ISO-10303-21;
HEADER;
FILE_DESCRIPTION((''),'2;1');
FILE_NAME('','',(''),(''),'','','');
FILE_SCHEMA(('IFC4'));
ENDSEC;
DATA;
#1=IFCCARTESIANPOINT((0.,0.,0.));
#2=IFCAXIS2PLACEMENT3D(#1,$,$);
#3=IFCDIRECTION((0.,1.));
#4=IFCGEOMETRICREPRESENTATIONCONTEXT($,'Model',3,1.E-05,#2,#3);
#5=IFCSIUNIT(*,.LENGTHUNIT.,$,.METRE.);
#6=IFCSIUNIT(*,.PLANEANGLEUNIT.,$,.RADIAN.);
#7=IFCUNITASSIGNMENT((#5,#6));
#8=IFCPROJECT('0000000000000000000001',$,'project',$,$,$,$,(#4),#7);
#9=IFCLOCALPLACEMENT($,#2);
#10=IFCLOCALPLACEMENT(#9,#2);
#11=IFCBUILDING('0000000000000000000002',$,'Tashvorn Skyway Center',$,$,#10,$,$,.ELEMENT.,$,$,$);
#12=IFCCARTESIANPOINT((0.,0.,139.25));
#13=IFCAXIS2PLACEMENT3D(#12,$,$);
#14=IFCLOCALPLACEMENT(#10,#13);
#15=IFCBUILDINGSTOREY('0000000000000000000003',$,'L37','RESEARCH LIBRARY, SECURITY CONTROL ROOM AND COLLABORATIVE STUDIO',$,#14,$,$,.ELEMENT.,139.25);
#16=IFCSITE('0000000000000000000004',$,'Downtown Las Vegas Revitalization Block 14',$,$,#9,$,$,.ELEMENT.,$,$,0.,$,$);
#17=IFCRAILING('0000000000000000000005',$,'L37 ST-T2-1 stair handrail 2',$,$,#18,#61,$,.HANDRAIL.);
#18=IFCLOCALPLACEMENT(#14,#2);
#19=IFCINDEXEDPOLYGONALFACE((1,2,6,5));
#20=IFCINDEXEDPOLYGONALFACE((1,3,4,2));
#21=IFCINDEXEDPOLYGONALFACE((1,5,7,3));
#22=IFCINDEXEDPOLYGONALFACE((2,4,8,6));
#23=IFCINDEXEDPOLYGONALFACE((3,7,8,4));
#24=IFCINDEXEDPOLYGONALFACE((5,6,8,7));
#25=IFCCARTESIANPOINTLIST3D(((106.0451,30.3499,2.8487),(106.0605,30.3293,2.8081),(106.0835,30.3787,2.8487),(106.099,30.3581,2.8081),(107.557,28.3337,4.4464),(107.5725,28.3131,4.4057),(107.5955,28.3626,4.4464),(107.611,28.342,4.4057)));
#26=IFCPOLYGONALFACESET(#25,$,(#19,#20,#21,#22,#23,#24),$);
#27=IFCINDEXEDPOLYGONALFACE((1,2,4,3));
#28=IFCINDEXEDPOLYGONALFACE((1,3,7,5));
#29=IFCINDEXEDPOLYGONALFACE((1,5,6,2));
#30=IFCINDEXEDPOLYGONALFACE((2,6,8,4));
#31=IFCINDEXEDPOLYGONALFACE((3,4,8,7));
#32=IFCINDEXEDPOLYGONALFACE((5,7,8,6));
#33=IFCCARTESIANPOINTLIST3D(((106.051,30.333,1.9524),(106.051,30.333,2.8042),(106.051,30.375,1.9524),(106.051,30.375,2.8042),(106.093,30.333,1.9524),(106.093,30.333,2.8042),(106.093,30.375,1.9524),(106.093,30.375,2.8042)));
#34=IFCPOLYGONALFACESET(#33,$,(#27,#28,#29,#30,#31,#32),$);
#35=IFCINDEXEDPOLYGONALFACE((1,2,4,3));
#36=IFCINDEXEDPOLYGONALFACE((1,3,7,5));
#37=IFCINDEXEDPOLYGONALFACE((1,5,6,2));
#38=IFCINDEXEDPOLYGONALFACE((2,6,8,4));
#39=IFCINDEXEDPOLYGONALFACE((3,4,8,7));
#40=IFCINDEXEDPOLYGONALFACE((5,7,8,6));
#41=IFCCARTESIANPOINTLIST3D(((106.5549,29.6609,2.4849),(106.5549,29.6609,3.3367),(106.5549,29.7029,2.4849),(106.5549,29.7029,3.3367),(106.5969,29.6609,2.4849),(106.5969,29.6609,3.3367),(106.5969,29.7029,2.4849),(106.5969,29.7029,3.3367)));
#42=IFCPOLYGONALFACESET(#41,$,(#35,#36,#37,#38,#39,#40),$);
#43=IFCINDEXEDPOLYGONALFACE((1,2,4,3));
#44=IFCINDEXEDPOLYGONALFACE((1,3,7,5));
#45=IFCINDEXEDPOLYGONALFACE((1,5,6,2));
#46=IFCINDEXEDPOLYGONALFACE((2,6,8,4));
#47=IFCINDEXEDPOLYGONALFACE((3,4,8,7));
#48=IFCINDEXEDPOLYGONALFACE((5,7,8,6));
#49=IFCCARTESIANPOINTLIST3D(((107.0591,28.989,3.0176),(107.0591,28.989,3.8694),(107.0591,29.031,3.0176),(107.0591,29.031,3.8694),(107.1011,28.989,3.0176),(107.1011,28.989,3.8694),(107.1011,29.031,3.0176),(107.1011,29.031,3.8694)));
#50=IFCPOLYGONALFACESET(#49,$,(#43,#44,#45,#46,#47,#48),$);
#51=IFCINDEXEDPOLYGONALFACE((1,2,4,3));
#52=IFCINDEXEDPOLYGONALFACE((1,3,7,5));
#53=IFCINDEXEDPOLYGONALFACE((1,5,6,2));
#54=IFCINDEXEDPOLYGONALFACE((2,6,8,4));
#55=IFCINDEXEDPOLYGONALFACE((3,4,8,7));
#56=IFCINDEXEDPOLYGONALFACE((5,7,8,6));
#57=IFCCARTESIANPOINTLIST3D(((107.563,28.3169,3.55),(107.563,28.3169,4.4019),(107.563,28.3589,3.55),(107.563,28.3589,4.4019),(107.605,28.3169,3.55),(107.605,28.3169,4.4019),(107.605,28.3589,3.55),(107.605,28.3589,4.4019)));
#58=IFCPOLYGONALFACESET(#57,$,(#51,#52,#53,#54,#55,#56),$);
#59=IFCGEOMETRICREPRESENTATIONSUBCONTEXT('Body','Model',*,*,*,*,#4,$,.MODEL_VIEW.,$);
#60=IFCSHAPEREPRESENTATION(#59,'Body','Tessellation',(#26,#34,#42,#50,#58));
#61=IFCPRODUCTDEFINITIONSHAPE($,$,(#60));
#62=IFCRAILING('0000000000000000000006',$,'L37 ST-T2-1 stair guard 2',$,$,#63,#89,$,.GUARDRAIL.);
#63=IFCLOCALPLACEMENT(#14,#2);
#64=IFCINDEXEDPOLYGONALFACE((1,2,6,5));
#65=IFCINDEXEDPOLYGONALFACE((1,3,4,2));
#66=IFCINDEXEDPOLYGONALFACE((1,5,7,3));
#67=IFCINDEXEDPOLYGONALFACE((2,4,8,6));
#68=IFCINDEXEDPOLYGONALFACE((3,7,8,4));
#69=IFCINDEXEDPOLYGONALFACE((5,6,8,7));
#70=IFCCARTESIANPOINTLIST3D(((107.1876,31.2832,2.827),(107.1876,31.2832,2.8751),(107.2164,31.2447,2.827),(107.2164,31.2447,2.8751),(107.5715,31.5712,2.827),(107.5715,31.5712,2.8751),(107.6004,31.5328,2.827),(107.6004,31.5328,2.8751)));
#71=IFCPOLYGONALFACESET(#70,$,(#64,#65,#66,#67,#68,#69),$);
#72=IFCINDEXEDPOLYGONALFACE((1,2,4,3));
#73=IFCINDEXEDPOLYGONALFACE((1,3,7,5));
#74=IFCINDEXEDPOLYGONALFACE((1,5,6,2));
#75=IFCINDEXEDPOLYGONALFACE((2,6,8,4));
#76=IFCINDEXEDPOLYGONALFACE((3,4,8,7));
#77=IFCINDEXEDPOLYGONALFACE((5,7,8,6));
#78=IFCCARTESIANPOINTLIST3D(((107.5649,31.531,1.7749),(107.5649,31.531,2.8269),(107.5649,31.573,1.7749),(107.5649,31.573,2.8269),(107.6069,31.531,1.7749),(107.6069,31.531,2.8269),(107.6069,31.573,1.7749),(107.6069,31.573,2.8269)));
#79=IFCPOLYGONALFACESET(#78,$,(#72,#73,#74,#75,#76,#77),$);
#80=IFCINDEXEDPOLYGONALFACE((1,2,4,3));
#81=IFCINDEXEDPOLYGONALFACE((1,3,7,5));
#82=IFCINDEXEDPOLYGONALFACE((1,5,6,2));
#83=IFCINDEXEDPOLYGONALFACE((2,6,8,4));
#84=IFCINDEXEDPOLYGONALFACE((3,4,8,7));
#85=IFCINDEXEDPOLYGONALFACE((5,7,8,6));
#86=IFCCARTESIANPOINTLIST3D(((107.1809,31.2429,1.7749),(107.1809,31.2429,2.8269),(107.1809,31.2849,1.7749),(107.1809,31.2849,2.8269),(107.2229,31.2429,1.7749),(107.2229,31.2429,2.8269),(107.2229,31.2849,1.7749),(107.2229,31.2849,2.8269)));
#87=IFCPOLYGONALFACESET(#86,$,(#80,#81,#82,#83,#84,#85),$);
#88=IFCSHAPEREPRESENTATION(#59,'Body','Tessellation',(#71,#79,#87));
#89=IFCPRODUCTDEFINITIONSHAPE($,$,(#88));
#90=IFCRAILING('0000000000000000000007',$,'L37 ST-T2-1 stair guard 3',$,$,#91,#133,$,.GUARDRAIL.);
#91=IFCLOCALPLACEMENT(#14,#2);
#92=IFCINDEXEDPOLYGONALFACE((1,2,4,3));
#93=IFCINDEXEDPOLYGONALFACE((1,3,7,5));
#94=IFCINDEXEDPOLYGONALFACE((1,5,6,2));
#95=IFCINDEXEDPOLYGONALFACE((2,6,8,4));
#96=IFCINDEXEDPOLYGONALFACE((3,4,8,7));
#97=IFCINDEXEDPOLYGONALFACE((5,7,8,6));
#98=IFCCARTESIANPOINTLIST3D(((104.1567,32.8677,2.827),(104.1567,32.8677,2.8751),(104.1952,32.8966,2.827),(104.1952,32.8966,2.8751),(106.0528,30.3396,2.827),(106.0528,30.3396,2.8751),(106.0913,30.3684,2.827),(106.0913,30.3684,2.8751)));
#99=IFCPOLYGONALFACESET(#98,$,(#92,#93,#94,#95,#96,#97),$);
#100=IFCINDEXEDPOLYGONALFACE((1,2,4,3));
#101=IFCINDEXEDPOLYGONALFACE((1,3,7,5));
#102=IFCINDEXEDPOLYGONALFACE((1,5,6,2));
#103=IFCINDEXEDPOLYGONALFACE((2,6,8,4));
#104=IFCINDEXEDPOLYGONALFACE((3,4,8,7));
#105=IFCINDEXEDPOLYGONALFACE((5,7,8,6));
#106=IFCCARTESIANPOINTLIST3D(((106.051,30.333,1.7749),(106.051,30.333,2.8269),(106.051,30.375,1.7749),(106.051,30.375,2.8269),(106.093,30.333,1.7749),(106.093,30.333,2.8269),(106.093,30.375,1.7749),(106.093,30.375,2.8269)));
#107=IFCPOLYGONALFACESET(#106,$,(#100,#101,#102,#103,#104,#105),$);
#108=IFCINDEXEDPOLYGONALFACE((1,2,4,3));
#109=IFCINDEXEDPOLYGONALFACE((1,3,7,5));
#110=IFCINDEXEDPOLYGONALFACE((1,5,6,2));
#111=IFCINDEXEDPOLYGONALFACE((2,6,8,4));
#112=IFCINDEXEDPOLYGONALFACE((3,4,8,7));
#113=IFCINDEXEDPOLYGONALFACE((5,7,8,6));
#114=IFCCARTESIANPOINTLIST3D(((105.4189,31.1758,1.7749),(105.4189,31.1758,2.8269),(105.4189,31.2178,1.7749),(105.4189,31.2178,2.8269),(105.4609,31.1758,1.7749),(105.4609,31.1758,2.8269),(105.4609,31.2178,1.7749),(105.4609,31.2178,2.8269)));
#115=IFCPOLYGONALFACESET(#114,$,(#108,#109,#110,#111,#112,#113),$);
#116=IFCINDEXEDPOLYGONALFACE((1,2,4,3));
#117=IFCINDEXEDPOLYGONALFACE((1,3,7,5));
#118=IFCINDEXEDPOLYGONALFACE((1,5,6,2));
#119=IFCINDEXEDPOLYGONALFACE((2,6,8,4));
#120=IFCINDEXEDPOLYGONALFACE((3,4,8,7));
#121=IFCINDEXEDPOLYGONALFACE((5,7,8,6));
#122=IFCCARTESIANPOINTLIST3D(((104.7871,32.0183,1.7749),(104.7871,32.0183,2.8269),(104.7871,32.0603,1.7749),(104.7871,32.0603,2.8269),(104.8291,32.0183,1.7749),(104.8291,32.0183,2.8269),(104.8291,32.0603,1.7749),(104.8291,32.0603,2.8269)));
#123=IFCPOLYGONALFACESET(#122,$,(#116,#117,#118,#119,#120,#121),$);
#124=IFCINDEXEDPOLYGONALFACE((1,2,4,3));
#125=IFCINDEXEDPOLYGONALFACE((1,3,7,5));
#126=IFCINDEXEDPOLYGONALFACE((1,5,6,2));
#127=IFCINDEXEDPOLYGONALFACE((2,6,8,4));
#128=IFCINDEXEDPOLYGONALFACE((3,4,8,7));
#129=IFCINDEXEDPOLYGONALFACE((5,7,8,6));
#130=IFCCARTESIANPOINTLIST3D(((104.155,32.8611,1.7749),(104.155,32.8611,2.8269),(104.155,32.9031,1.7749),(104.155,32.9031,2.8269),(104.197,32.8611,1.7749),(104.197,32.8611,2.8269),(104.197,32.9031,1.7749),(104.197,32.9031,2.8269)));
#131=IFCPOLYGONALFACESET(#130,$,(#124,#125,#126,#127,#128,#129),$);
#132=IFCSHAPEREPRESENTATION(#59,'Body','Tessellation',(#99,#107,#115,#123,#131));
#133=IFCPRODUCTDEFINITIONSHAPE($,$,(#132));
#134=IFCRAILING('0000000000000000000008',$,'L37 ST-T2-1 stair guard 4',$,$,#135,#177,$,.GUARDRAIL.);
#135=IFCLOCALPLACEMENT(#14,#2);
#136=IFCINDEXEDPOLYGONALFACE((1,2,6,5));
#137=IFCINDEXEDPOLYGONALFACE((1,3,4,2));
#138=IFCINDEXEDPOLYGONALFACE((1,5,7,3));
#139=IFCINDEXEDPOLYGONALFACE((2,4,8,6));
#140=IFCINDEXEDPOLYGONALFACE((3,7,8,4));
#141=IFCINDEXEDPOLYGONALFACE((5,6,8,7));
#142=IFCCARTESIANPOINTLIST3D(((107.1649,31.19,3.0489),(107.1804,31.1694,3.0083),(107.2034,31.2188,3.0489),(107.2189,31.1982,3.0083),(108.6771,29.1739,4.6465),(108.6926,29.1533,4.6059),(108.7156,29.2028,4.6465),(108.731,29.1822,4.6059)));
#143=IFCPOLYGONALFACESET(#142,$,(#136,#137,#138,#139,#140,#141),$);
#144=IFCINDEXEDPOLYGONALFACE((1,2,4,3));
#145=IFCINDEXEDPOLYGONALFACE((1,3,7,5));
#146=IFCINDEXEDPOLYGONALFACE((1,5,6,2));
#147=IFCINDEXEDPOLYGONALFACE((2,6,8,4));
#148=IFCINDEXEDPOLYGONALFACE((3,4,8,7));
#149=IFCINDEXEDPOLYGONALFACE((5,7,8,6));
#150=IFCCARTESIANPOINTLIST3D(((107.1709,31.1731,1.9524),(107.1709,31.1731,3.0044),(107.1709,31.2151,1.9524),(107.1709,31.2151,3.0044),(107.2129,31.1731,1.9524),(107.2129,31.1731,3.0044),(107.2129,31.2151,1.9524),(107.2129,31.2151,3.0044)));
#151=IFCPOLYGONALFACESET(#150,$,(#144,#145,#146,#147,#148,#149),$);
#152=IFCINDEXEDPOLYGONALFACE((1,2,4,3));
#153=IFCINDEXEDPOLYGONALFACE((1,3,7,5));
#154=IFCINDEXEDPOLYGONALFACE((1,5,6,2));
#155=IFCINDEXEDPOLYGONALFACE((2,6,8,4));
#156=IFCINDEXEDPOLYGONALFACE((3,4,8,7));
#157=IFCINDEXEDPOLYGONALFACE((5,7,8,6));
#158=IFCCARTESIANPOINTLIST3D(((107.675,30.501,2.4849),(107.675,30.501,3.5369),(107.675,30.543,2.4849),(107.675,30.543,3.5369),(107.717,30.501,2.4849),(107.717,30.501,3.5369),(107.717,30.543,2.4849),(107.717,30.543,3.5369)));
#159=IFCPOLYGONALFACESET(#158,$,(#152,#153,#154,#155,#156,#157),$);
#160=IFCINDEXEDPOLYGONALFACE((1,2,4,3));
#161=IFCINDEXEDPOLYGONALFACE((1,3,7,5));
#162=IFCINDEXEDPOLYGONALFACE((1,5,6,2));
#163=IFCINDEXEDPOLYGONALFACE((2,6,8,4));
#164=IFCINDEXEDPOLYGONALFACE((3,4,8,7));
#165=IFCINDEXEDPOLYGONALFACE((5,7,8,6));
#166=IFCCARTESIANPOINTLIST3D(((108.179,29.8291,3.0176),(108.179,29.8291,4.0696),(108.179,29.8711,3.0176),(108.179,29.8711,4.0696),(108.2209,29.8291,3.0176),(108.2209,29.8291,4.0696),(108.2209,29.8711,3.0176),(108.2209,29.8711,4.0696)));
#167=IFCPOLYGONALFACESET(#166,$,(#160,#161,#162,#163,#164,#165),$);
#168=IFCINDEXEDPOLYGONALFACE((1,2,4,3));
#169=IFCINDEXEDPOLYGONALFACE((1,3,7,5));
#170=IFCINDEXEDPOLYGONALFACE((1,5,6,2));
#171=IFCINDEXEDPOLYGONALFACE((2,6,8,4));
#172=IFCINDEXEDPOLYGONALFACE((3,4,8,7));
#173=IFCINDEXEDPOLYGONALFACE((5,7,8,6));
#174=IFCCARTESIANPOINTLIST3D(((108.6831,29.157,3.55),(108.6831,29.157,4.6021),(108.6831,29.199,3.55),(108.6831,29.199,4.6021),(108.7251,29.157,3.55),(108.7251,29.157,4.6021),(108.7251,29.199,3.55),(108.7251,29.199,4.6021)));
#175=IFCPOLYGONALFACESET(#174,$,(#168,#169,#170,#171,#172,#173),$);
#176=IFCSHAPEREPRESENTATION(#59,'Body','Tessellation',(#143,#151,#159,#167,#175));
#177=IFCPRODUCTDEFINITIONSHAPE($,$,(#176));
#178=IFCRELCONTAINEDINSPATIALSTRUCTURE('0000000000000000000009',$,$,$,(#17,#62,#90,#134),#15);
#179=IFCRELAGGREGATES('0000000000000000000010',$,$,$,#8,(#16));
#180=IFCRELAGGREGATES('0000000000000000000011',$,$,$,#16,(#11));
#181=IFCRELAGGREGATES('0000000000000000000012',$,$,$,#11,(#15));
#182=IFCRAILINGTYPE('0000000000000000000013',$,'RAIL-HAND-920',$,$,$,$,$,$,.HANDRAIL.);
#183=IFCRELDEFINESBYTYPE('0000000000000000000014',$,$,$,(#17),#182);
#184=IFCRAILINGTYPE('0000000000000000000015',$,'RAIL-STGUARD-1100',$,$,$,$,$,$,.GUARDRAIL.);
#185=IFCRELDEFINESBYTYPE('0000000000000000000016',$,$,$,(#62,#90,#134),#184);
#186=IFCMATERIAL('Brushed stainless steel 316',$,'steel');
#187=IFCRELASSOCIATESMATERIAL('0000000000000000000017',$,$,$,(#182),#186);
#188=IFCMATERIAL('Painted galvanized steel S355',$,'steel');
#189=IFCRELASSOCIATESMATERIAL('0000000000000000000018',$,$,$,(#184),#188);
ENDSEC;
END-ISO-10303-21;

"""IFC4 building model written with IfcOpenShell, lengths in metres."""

from ifc_helpers import new_model, si_unit, direction, frame, origin, origin_2d, place, context, subcontext, project, spatial, rectangle, extrude, material, type_object, element, save


model = new_model("IFC4")

# Units and contexts
model_context = context("Model", 3, precision=1e-05, world=origin(), true_north=direction((0.0, 1.0)))
body_context = subcontext(model_context, "Body", "Model", "MODEL_VIEW")
ifc_project = project(units=[si_unit("LENGTHUNIT", "METRE"), si_unit("PLANEANGLEUNIT", "RADIAN")], contexts=[model_context])

# Site, building, storey
site_placement = place(None, origin())
site = spatial("IfcSite", under=ifc_project, at=site_placement, Name="Downtown Las Vegas Revitalization Block 14", CompositionType="ELEMENT", RefElevation=0.0)
building_placement = place(site_placement, origin())
building = spatial("IfcBuilding", under=site, at=building_placement, Name="Tashvorn Skyway Center", CompositionType="ELEMENT")
storey_placement = place(building_placement, frame((0.0, 0.0, 139.25)))
storey = spatial("IfcBuildingStorey", under=building, at=storey_placement, Name="L37", Description="RESEARCH LIBRARY, SECURITY CONTROL ROOM AND COLLABORATIVE STUDIO", CompositionType="ELEMENT", Elevation=139.25)

# Railings
ifc_material_1 = material(Name="Brushed stainless steel 316", Category="steel")
railing_type_1 = type_object("IfcRailingType", Name="RAIL-HAND-920", PredefinedType="HANDRAIL", material=ifc_material_1)
railing_1_placement = place(storey_placement, frame((106.072, 30.354, 1.9524)))
element("IfcRailing", 1, at=railing_1_placement, inside=storey, type_object=railing_type_1, Name="L37 ST-T2-1 stair handrail 2", PredefinedType="HANDRAIL", context=body_context, shape_type="SweptSolid", body=[
    extrude(rectangle(XDim=0.0481, YDim=0.0481, at=origin_2d()), frame((0.0, 0.0, 0.876), z_axis=(0.506719, -0.675679, 0.535438), x_axis=(0.800023, 0.599969, 0.0)), (0.0, 0.0, 1.0), 2.9839),
    extrude(rectangle(XDim=0.042, YDim=0.042, at=origin_2d()), origin(), (0.0, 0.0, 1.0), 0.8518),
    extrude(rectangle(XDim=0.042, YDim=0.042, at=origin_2d()), frame((0.5039, -0.6721, 0.5325)), (0.0, 0.0, 1.0), 0.8518),
    extrude(rectangle(XDim=0.042, YDim=0.042, at=origin_2d()), frame((1.0081, -1.344, 1.0652)), (0.0, 0.0, 1.0), 0.8518),
    extrude(rectangle(XDim=0.042, YDim=0.042, at=origin_2d()), frame((1.512, -2.0161, 1.5977)), (0.0, 0.0, 1.0), 0.8518),
])
ifc_material_2 = material(Name="Painted galvanized steel S355", Category="steel")
railing_type_2 = type_object("IfcRailingType", Name="RAIL-STGUARD-1100", PredefinedType="GUARDRAIL", material=ifc_material_2)
railing_2_placement = place(storey_placement, frame((107.5859, 31.552, 1.7749)))
element("IfcRailing", 2, at=railing_2_placement, inside=storey, type_object=railing_type_2, Name="L37 ST-T2-1 stair guard 2", PredefinedType="GUARDRAIL", context=body_context, shape_type="SweptSolid", body=[
    extrude(rectangle(XDim=0.0481, YDim=0.0481, at=origin_2d()), frame((0.0, 0.0, 1.0762), z_axis=(-0.799939, -0.600081, 0.0), x_axis=(0.600081, -0.799939, 0.0)), (0.0, 0.0, 1.0), 0.48),
    extrude(rectangle(XDim=0.042, YDim=0.042, at=origin_2d()), origin(), (0.0, 0.0, 1.0), 1.052),
    extrude(rectangle(XDim=0.042, YDim=0.042, at=origin_2d()), frame((-0.384, -0.2881, 0.0)), (0.0, 0.0, 1.0), 1.052),
])
railing_3_placement = place(storey_placement, frame((106.072, 30.354, 1.7749)))
element("IfcRailing", 3, at=railing_3_placement, inside=storey, type_object=railing_type_2, Name="L37 ST-T2-1 stair guard 3", PredefinedType="GUARDRAIL", context=body_context, shape_type="SweptSolid", body=[
    extrude(rectangle(XDim=0.0481, YDim=0.0481, at=origin_2d()), frame((0.0, 0.0, 1.0762), z_axis=(-0.599988, 0.800009, 0.0), x_axis=(-0.800009, -0.599988, 0.0)), (0.0, 0.0, 1.0), 3.1602),
    extrude(rectangle(XDim=0.042, YDim=0.042, at=origin_2d()), origin(), (0.0, 0.0, 1.0), 1.052),
    extrude(rectangle(XDim=0.042, YDim=0.042, at=origin_2d()), frame((-0.6321, 0.8428, 0.0)), (0.0, 0.0, 1.0), 1.052),
    extrude(rectangle(XDim=0.042, YDim=0.042, at=origin_2d()), frame((-1.2639, 1.6853, 0.0)), (0.0, 0.0, 1.0), 1.052),
    extrude(rectangle(XDim=0.042, YDim=0.042, at=origin_2d()), frame((-1.896, 2.5281, 0.0)), (0.0, 0.0, 1.0), 1.052),
])
railing_4_placement = place(storey_placement, frame((107.1919, 31.1941, 1.9524)))
element("IfcRailing", 4, at=railing_4_placement, inside=storey, type_object=railing_type_2, Name="L37 ST-T2-1 stair guard 4", PredefinedType="GUARDRAIL", context=body_context, shape_type="SweptSolid", body=[
    extrude(rectangle(XDim=0.0481, YDim=0.0481, at=origin_2d()), frame((0.0, 0.0, 1.0762), z_axis=(0.506779, -0.675651, 0.535416), x_axis=(0.799977, 0.600031, 0.0)), (0.0, 0.0, 1.0), 2.9839),
    extrude(rectangle(XDim=0.042, YDim=0.042, at=origin_2d()), origin(), (0.0, 0.0, 1.0), 1.052),
    extrude(rectangle(XDim=0.042, YDim=0.042, at=origin_2d()), frame((0.5042, -0.6721, 0.5325)), (0.0, 0.0, 1.0), 1.052),
    extrude(rectangle(XDim=0.042, YDim=0.042, at=origin_2d()), frame((1.0081, -1.344, 1.0652)), (0.0, 0.0, 1.0), 1.052),
    extrude(rectangle(XDim=0.042, YDim=0.042, at=origin_2d()), frame((1.5122, -2.0161, 1.5977)), (0.0, 0.0, 1.0), 1.052),
])

save(model, "model.ifc")
